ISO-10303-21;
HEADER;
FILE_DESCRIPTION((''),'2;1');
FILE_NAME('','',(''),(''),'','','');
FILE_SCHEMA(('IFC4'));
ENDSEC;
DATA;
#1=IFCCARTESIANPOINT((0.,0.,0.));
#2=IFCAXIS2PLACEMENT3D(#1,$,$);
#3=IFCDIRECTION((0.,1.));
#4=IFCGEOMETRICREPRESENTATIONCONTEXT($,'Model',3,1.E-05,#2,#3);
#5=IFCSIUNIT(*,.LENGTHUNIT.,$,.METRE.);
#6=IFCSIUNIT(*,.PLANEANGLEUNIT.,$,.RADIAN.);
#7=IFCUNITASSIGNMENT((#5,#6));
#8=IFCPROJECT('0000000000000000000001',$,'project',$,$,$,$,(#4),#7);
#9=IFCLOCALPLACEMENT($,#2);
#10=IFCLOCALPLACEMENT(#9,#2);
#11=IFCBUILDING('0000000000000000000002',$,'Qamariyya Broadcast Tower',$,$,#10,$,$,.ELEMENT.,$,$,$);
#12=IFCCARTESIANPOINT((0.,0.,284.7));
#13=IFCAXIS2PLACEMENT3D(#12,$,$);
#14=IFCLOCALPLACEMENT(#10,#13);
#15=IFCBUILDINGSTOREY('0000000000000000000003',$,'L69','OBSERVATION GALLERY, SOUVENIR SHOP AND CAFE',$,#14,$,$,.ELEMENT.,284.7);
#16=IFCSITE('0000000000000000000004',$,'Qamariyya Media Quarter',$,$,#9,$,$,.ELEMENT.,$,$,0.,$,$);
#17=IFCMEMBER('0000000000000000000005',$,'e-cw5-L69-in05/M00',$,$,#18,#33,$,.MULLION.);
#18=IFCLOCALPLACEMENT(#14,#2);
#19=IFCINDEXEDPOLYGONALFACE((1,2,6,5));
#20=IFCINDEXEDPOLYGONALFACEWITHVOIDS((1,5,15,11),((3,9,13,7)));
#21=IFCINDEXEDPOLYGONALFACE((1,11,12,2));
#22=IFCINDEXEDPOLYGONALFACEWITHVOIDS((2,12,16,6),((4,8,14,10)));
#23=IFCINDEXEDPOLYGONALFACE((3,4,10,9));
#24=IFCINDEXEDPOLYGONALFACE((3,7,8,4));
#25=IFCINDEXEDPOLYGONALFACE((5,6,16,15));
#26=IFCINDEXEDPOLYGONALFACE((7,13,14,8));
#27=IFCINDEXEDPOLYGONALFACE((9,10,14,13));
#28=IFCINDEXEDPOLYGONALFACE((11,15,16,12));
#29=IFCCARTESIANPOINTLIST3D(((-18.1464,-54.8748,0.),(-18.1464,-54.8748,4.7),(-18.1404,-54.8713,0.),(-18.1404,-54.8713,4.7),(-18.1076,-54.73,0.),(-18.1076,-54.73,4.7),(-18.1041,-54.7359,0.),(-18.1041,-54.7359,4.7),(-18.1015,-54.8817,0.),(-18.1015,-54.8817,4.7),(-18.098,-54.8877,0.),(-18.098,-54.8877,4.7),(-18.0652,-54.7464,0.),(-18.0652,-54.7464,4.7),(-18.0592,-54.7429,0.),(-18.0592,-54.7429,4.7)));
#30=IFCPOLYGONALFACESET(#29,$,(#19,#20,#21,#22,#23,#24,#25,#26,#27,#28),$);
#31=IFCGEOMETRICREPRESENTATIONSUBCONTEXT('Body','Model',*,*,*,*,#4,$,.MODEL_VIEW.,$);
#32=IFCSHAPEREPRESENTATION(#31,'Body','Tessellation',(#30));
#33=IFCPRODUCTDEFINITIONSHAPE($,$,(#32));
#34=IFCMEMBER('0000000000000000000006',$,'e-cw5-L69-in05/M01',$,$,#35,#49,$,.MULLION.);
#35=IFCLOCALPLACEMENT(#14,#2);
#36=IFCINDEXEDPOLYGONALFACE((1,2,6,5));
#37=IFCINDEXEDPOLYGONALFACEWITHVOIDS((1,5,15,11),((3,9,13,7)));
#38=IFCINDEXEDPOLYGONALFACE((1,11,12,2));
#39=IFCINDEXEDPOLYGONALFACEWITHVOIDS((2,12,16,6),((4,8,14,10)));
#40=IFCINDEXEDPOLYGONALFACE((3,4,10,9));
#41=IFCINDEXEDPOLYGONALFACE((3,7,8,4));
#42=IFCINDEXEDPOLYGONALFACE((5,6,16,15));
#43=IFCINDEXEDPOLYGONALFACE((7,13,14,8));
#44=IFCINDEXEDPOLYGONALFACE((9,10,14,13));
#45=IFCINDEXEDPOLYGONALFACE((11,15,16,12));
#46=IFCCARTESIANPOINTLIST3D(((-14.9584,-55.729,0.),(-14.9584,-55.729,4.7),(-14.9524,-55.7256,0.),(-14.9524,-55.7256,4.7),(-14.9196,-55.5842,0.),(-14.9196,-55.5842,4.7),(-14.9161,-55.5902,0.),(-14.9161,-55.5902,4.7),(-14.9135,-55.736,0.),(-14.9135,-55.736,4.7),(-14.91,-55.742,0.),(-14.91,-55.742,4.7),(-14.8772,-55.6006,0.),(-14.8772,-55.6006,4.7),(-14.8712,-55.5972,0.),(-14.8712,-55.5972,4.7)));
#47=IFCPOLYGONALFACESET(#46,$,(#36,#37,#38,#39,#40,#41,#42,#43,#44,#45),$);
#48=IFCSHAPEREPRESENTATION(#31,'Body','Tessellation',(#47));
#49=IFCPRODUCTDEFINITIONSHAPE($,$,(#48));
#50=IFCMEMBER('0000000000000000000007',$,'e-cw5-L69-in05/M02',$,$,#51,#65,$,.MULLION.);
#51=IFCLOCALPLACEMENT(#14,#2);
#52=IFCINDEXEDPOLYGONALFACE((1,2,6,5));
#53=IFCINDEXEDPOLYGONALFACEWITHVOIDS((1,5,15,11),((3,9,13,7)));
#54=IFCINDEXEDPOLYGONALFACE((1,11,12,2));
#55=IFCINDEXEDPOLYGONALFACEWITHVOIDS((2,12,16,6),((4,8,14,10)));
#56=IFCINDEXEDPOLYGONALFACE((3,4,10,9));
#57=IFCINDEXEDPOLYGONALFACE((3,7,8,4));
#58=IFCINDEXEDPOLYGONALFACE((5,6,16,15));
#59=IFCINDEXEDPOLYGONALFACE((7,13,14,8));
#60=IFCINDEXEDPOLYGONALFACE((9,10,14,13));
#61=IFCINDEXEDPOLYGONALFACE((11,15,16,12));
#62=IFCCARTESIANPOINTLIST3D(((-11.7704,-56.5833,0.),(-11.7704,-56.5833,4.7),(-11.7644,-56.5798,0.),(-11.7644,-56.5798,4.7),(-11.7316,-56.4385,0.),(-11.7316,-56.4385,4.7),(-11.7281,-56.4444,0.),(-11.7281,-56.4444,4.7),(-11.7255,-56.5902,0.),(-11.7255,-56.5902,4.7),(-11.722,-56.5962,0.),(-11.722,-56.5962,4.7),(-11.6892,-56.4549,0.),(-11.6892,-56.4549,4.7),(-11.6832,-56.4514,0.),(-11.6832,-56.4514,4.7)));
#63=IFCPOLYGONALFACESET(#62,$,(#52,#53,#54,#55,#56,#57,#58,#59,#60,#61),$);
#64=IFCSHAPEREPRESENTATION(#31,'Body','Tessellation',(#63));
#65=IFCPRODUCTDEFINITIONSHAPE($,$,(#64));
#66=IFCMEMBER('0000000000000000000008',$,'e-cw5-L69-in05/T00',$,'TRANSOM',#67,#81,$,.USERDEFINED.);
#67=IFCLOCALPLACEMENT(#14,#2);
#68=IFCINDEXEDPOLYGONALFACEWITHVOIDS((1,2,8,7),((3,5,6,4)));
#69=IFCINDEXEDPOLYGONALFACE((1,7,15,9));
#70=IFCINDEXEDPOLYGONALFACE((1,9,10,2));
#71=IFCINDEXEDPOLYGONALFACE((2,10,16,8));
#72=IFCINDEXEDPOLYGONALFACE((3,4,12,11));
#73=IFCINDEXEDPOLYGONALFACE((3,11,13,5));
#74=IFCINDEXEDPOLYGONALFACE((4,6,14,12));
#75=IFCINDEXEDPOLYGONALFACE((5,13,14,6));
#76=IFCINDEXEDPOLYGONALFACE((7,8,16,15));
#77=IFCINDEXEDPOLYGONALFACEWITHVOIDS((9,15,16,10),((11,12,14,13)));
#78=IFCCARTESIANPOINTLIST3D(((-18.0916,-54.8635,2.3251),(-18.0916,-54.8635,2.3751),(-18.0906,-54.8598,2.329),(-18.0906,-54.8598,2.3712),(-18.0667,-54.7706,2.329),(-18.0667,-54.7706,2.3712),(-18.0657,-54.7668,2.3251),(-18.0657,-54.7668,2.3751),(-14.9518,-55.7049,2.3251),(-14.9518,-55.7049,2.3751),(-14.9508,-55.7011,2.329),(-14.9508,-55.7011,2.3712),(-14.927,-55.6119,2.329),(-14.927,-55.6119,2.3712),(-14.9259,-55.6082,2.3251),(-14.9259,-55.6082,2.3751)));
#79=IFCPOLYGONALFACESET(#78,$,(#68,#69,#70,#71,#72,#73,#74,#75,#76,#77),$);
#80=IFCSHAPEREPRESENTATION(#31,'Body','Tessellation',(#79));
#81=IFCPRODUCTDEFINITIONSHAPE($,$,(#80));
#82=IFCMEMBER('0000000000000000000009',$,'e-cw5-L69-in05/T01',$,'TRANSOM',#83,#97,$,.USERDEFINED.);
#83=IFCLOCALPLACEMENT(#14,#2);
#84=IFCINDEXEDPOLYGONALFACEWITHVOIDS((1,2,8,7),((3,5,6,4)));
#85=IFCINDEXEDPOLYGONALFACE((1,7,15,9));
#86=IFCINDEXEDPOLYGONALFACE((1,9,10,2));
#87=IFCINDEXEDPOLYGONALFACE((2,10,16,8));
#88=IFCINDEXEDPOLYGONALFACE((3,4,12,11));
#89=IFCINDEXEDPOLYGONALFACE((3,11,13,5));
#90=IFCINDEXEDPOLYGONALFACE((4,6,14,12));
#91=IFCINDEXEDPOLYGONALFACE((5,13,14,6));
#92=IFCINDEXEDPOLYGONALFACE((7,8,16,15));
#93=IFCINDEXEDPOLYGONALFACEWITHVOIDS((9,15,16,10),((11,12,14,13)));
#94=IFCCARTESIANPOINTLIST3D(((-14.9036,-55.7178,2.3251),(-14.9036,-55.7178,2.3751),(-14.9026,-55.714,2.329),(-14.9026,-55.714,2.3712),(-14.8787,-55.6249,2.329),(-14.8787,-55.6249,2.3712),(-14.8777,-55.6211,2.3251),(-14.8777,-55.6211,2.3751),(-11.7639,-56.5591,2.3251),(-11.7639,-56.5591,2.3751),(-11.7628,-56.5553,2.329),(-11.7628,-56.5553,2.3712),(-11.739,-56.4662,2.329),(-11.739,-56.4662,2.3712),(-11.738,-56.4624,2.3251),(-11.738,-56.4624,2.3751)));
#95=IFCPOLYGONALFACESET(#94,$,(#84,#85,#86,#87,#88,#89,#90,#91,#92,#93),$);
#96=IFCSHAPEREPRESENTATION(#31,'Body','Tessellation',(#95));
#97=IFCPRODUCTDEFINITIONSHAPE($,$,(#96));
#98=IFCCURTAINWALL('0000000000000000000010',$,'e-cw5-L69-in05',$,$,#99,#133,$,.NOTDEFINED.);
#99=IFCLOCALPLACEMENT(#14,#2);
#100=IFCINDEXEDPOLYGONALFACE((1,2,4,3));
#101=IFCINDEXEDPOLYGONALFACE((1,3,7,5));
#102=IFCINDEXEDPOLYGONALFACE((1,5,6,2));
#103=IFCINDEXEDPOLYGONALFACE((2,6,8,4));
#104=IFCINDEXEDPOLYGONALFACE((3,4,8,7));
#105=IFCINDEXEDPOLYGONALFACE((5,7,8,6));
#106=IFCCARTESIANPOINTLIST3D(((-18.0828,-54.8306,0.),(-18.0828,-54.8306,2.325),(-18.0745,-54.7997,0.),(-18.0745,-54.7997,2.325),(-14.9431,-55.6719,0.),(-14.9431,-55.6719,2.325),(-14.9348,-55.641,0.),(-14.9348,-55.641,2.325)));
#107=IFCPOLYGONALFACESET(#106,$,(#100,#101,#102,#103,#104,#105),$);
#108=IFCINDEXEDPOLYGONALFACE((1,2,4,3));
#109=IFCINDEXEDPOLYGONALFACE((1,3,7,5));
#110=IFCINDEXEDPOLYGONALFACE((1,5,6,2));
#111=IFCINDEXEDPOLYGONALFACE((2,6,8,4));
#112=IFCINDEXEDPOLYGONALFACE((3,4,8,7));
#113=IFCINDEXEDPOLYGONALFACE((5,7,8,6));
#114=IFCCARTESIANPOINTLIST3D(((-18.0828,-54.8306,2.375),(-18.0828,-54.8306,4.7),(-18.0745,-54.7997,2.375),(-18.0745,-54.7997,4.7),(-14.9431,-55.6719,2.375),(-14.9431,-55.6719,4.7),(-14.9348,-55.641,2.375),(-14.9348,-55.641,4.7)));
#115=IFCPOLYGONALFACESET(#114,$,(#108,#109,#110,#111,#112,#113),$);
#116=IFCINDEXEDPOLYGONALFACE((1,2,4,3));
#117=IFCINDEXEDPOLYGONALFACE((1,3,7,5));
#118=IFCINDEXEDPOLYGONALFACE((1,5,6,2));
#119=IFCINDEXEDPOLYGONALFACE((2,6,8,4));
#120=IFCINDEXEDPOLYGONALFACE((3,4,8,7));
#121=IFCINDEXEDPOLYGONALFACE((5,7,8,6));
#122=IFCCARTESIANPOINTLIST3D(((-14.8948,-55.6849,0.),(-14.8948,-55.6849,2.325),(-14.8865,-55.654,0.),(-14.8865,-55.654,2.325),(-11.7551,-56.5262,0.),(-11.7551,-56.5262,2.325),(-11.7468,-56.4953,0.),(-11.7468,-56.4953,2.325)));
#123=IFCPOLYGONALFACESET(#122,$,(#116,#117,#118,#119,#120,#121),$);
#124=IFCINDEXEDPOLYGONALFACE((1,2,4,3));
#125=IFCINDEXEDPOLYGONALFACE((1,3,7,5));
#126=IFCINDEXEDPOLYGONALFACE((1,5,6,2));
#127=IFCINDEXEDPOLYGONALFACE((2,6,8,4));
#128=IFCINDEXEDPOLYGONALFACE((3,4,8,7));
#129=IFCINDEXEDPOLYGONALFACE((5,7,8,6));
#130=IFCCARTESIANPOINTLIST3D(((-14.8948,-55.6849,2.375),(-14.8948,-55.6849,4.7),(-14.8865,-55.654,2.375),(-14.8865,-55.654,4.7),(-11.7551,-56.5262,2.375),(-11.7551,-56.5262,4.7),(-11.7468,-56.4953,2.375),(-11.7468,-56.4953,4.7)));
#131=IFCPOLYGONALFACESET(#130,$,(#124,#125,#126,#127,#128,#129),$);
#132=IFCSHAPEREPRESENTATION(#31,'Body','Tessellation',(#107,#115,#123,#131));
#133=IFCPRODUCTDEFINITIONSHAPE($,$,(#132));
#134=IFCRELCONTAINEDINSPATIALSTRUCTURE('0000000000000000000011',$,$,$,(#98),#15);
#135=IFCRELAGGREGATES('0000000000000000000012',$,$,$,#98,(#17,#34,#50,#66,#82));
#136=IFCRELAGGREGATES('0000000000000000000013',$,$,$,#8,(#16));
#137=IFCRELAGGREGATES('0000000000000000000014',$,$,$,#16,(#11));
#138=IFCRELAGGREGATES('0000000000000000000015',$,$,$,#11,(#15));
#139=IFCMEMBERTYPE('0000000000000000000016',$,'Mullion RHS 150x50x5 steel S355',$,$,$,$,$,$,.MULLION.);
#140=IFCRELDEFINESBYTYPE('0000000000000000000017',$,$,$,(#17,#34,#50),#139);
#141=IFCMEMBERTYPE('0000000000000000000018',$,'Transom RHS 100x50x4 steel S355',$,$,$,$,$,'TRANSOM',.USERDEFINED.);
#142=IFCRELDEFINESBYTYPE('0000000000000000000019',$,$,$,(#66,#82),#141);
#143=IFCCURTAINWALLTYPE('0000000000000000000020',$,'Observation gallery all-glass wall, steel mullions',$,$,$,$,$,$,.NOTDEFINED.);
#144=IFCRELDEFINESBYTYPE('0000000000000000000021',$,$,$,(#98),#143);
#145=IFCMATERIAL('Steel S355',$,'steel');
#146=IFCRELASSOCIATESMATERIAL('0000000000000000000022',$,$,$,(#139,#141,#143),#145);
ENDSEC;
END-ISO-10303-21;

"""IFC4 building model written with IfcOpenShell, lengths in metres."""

from ifc_helpers import new_model, si_unit, direction, frame, origin, origin_2d, place, context, subcontext, project, spatial, rectangle, hollow_rectangle, extrude, material, material_profile, profile_set, type_object, element, aggregate, save


model = new_model("IFC4")

# Units and contexts
model_context = context("Model", 3, precision=1e-05, world=origin(), true_north=direction((0.0, 1.0)))
body_context = subcontext(model_context, "Body", "Model", "MODEL_VIEW")
ifc_project = project(units=[si_unit("LENGTHUNIT", "METRE"), si_unit("PLANEANGLEUNIT", "RADIAN")], contexts=[model_context])

# Members
ifc_material = material(Name="Steel S355", Category="steel")
ifc_material_profile_1 = material_profile(ifc_material, hollow_rectangle(XDim=0.1499, YDim=0.05, WallThickness=0.0049, at=origin_2d()))
ifc_profile_set_1 = profile_set([ifc_material_profile_1], Name="Steel S355")
member_type_1 = type_object("IfcMemberType", Name="Mullion RHS 150x50x5 steel S355", PredefinedType="MULLION", material=ifc_profile_set_1)
site_placement = place(None, origin())
building_placement = place(site_placement, origin())
storey_placement = place(building_placement, frame((0.0, 0.0, 284.7)))
member_1_placement = place(storey_placement, frame((-18.1028, -54.8088, 0.0), z_axis=(0.0, 0.0, 1.0), x_axis=(0.258819, 0.965926, 0.0)))
member_1 = element("IfcMember", 1, at=member_1_placement, type_object=member_type_1, Name="e-cw5-L69-in05/M00", PredefinedType="MULLION", context=body_context, shape_type="SweptSolid", body=[
    extrude(hollow_rectangle(XDim=0.1499, YDim=0.05, WallThickness=0.0049, at=origin_2d()), origin(), (0.0, 0.0, 1.0), 4.7),
])
member_2_placement = place(storey_placement, frame((-14.9148, -55.6631, 0.0), z_axis=(0.0, 0.0, 1.0), x_axis=(0.258819, 0.965926, 0.0)))
member_2 = element("IfcMember", 2, at=member_2_placement, type_object=member_type_1, Name="e-cw5-L69-in05/M01", PredefinedType="MULLION", context=body_context, shape_type="SweptSolid", body=[
    extrude(hollow_rectangle(XDim=0.1499, YDim=0.05, WallThickness=0.0049, at=origin_2d()), origin(), (0.0, 0.0, 1.0), 4.7),
])
member_3_placement = place(storey_placement, frame((-11.7268, -56.5173, 0.0), z_axis=(0.0, 0.0, 1.0), x_axis=(0.258819, 0.965926, 0.0)))
member_3 = element("IfcMember", 3, at=member_3_placement, type_object=member_type_1, Name="e-cw5-L69-in05/M02", PredefinedType="MULLION", context=body_context, shape_type="SweptSolid", body=[
    extrude(hollow_rectangle(XDim=0.1499, YDim=0.05, WallThickness=0.0049, at=origin_2d()), origin(), (0.0, 0.0, 1.0), 4.7),
])
ifc_material_profile_2 = material_profile(ifc_material, hollow_rectangle(XDim=0.1001, YDim=0.05, WallThickness=0.0039, at=origin_2d()))
ifc_profile_set_2 = profile_set([ifc_material_profile_2], Name="Steel S355")
member_type_2 = type_object("IfcMemberType", Name="Transom RHS 100x50x4 steel S355", ElementType="TRANSOM", PredefinedType="USERDEFINED", material=ifc_profile_set_2)
member_4_placement = place(storey_placement, frame((-18.0786, -54.8152, 2.3501), z_axis=(0.965923, -0.258831, 0.0), x_axis=(0.258831, 0.965923, 0.0)))
member_4 = element("IfcMember", 4, at=member_4_placement, type_object=member_type_2, Name="e-cw5-L69-in05/T00", ObjectType="TRANSOM", PredefinedType="USERDEFINED", context=body_context, shape_type="SweptSolid", body=[
    extrude(hollow_rectangle(XDim=0.1001, YDim=0.05, WallThickness=0.0039, at=origin_2d()), origin(), (0.0, 0.0, 1.0), 3.2505),
])
member_5_placement = place(storey_placement, frame((-14.8906, -55.6694, 2.3501), z_axis=(0.965923, -0.258831, 0.0), x_axis=(0.258831, 0.965923, 0.0)))
member_5 = element("IfcMember", 5, at=member_5_placement, type_object=member_type_2, Name="e-cw5-L69-in05/T01", ObjectType="TRANSOM", PredefinedType="USERDEFINED", context=body_context, shape_type="SweptSolid", body=[
    extrude(hollow_rectangle(XDim=0.1001, YDim=0.05, WallThickness=0.0039, at=origin_2d()), origin(), (0.0, 0.0, 1.0), 3.2505),
])

# Site, building, storey
site = spatial("IfcSite", under=ifc_project, at=site_placement, Name="Qamariyya Media Quarter", CompositionType="ELEMENT", RefElevation=0.0)
building = spatial("IfcBuilding", under=site, at=building_placement, Name="Qamariyya Broadcast Tower", CompositionType="ELEMENT")
storey = spatial("IfcBuildingStorey", under=building, at=storey_placement, Name="L69", Description="OBSERVATION GALLERY, SOUVENIR SHOP AND CAFE", CompositionType="ELEMENT", Elevation=284.7)

# Curtain wall
curtain_wall_type = type_object("IfcCurtainWallType", Name="Observation gallery all-glass wall, steel mullions", PredefinedType="NOTDEFINED", material=ifc_material)
curtain_wall_1_placement = place(storey_placement, origin())
curtain_wall_1 = element("IfcCurtainWall", 6, at=curtain_wall_1_placement, inside=storey, type_object=curtain_wall_type, Name="e-cw5-L69-in05", PredefinedType="NOTDEFINED", context=body_context, shape_type="SweptSolid", body=[
    extrude(rectangle(XDim=3.2505, YDim=0.032, at=origin_2d()), frame((-16.5088, -55.2358, 0.0), x_axis=(0.965924, -0.258825, 0.0)), (0.0, 0.0, 1.0), 2.325),
    extrude(rectangle(XDim=3.2505, YDim=0.032, at=origin_2d()), frame((-16.5088, -55.2358, 2.375), x_axis=(0.965924, -0.258825, 0.0)), (0.0, 0.0, 1.0), 2.325),
    extrude(rectangle(XDim=3.2505, YDim=0.032, at=origin_2d()), frame((-13.3208, -56.0901, 0.0), x_axis=(0.965924, -0.258825, 0.0)), (0.0, 0.0, 1.0), 2.325),
    extrude(rectangle(XDim=3.2505, YDim=0.032, at=origin_2d()), frame((-13.3208, -56.0901, 2.375), x_axis=(0.965924, -0.258825, 0.0)), (0.0, 0.0, 1.0), 2.325),
])
aggregate(curtain_wall_1, [member_1, member_2, member_3, member_4, member_5])

save(model, "model.ifc")
